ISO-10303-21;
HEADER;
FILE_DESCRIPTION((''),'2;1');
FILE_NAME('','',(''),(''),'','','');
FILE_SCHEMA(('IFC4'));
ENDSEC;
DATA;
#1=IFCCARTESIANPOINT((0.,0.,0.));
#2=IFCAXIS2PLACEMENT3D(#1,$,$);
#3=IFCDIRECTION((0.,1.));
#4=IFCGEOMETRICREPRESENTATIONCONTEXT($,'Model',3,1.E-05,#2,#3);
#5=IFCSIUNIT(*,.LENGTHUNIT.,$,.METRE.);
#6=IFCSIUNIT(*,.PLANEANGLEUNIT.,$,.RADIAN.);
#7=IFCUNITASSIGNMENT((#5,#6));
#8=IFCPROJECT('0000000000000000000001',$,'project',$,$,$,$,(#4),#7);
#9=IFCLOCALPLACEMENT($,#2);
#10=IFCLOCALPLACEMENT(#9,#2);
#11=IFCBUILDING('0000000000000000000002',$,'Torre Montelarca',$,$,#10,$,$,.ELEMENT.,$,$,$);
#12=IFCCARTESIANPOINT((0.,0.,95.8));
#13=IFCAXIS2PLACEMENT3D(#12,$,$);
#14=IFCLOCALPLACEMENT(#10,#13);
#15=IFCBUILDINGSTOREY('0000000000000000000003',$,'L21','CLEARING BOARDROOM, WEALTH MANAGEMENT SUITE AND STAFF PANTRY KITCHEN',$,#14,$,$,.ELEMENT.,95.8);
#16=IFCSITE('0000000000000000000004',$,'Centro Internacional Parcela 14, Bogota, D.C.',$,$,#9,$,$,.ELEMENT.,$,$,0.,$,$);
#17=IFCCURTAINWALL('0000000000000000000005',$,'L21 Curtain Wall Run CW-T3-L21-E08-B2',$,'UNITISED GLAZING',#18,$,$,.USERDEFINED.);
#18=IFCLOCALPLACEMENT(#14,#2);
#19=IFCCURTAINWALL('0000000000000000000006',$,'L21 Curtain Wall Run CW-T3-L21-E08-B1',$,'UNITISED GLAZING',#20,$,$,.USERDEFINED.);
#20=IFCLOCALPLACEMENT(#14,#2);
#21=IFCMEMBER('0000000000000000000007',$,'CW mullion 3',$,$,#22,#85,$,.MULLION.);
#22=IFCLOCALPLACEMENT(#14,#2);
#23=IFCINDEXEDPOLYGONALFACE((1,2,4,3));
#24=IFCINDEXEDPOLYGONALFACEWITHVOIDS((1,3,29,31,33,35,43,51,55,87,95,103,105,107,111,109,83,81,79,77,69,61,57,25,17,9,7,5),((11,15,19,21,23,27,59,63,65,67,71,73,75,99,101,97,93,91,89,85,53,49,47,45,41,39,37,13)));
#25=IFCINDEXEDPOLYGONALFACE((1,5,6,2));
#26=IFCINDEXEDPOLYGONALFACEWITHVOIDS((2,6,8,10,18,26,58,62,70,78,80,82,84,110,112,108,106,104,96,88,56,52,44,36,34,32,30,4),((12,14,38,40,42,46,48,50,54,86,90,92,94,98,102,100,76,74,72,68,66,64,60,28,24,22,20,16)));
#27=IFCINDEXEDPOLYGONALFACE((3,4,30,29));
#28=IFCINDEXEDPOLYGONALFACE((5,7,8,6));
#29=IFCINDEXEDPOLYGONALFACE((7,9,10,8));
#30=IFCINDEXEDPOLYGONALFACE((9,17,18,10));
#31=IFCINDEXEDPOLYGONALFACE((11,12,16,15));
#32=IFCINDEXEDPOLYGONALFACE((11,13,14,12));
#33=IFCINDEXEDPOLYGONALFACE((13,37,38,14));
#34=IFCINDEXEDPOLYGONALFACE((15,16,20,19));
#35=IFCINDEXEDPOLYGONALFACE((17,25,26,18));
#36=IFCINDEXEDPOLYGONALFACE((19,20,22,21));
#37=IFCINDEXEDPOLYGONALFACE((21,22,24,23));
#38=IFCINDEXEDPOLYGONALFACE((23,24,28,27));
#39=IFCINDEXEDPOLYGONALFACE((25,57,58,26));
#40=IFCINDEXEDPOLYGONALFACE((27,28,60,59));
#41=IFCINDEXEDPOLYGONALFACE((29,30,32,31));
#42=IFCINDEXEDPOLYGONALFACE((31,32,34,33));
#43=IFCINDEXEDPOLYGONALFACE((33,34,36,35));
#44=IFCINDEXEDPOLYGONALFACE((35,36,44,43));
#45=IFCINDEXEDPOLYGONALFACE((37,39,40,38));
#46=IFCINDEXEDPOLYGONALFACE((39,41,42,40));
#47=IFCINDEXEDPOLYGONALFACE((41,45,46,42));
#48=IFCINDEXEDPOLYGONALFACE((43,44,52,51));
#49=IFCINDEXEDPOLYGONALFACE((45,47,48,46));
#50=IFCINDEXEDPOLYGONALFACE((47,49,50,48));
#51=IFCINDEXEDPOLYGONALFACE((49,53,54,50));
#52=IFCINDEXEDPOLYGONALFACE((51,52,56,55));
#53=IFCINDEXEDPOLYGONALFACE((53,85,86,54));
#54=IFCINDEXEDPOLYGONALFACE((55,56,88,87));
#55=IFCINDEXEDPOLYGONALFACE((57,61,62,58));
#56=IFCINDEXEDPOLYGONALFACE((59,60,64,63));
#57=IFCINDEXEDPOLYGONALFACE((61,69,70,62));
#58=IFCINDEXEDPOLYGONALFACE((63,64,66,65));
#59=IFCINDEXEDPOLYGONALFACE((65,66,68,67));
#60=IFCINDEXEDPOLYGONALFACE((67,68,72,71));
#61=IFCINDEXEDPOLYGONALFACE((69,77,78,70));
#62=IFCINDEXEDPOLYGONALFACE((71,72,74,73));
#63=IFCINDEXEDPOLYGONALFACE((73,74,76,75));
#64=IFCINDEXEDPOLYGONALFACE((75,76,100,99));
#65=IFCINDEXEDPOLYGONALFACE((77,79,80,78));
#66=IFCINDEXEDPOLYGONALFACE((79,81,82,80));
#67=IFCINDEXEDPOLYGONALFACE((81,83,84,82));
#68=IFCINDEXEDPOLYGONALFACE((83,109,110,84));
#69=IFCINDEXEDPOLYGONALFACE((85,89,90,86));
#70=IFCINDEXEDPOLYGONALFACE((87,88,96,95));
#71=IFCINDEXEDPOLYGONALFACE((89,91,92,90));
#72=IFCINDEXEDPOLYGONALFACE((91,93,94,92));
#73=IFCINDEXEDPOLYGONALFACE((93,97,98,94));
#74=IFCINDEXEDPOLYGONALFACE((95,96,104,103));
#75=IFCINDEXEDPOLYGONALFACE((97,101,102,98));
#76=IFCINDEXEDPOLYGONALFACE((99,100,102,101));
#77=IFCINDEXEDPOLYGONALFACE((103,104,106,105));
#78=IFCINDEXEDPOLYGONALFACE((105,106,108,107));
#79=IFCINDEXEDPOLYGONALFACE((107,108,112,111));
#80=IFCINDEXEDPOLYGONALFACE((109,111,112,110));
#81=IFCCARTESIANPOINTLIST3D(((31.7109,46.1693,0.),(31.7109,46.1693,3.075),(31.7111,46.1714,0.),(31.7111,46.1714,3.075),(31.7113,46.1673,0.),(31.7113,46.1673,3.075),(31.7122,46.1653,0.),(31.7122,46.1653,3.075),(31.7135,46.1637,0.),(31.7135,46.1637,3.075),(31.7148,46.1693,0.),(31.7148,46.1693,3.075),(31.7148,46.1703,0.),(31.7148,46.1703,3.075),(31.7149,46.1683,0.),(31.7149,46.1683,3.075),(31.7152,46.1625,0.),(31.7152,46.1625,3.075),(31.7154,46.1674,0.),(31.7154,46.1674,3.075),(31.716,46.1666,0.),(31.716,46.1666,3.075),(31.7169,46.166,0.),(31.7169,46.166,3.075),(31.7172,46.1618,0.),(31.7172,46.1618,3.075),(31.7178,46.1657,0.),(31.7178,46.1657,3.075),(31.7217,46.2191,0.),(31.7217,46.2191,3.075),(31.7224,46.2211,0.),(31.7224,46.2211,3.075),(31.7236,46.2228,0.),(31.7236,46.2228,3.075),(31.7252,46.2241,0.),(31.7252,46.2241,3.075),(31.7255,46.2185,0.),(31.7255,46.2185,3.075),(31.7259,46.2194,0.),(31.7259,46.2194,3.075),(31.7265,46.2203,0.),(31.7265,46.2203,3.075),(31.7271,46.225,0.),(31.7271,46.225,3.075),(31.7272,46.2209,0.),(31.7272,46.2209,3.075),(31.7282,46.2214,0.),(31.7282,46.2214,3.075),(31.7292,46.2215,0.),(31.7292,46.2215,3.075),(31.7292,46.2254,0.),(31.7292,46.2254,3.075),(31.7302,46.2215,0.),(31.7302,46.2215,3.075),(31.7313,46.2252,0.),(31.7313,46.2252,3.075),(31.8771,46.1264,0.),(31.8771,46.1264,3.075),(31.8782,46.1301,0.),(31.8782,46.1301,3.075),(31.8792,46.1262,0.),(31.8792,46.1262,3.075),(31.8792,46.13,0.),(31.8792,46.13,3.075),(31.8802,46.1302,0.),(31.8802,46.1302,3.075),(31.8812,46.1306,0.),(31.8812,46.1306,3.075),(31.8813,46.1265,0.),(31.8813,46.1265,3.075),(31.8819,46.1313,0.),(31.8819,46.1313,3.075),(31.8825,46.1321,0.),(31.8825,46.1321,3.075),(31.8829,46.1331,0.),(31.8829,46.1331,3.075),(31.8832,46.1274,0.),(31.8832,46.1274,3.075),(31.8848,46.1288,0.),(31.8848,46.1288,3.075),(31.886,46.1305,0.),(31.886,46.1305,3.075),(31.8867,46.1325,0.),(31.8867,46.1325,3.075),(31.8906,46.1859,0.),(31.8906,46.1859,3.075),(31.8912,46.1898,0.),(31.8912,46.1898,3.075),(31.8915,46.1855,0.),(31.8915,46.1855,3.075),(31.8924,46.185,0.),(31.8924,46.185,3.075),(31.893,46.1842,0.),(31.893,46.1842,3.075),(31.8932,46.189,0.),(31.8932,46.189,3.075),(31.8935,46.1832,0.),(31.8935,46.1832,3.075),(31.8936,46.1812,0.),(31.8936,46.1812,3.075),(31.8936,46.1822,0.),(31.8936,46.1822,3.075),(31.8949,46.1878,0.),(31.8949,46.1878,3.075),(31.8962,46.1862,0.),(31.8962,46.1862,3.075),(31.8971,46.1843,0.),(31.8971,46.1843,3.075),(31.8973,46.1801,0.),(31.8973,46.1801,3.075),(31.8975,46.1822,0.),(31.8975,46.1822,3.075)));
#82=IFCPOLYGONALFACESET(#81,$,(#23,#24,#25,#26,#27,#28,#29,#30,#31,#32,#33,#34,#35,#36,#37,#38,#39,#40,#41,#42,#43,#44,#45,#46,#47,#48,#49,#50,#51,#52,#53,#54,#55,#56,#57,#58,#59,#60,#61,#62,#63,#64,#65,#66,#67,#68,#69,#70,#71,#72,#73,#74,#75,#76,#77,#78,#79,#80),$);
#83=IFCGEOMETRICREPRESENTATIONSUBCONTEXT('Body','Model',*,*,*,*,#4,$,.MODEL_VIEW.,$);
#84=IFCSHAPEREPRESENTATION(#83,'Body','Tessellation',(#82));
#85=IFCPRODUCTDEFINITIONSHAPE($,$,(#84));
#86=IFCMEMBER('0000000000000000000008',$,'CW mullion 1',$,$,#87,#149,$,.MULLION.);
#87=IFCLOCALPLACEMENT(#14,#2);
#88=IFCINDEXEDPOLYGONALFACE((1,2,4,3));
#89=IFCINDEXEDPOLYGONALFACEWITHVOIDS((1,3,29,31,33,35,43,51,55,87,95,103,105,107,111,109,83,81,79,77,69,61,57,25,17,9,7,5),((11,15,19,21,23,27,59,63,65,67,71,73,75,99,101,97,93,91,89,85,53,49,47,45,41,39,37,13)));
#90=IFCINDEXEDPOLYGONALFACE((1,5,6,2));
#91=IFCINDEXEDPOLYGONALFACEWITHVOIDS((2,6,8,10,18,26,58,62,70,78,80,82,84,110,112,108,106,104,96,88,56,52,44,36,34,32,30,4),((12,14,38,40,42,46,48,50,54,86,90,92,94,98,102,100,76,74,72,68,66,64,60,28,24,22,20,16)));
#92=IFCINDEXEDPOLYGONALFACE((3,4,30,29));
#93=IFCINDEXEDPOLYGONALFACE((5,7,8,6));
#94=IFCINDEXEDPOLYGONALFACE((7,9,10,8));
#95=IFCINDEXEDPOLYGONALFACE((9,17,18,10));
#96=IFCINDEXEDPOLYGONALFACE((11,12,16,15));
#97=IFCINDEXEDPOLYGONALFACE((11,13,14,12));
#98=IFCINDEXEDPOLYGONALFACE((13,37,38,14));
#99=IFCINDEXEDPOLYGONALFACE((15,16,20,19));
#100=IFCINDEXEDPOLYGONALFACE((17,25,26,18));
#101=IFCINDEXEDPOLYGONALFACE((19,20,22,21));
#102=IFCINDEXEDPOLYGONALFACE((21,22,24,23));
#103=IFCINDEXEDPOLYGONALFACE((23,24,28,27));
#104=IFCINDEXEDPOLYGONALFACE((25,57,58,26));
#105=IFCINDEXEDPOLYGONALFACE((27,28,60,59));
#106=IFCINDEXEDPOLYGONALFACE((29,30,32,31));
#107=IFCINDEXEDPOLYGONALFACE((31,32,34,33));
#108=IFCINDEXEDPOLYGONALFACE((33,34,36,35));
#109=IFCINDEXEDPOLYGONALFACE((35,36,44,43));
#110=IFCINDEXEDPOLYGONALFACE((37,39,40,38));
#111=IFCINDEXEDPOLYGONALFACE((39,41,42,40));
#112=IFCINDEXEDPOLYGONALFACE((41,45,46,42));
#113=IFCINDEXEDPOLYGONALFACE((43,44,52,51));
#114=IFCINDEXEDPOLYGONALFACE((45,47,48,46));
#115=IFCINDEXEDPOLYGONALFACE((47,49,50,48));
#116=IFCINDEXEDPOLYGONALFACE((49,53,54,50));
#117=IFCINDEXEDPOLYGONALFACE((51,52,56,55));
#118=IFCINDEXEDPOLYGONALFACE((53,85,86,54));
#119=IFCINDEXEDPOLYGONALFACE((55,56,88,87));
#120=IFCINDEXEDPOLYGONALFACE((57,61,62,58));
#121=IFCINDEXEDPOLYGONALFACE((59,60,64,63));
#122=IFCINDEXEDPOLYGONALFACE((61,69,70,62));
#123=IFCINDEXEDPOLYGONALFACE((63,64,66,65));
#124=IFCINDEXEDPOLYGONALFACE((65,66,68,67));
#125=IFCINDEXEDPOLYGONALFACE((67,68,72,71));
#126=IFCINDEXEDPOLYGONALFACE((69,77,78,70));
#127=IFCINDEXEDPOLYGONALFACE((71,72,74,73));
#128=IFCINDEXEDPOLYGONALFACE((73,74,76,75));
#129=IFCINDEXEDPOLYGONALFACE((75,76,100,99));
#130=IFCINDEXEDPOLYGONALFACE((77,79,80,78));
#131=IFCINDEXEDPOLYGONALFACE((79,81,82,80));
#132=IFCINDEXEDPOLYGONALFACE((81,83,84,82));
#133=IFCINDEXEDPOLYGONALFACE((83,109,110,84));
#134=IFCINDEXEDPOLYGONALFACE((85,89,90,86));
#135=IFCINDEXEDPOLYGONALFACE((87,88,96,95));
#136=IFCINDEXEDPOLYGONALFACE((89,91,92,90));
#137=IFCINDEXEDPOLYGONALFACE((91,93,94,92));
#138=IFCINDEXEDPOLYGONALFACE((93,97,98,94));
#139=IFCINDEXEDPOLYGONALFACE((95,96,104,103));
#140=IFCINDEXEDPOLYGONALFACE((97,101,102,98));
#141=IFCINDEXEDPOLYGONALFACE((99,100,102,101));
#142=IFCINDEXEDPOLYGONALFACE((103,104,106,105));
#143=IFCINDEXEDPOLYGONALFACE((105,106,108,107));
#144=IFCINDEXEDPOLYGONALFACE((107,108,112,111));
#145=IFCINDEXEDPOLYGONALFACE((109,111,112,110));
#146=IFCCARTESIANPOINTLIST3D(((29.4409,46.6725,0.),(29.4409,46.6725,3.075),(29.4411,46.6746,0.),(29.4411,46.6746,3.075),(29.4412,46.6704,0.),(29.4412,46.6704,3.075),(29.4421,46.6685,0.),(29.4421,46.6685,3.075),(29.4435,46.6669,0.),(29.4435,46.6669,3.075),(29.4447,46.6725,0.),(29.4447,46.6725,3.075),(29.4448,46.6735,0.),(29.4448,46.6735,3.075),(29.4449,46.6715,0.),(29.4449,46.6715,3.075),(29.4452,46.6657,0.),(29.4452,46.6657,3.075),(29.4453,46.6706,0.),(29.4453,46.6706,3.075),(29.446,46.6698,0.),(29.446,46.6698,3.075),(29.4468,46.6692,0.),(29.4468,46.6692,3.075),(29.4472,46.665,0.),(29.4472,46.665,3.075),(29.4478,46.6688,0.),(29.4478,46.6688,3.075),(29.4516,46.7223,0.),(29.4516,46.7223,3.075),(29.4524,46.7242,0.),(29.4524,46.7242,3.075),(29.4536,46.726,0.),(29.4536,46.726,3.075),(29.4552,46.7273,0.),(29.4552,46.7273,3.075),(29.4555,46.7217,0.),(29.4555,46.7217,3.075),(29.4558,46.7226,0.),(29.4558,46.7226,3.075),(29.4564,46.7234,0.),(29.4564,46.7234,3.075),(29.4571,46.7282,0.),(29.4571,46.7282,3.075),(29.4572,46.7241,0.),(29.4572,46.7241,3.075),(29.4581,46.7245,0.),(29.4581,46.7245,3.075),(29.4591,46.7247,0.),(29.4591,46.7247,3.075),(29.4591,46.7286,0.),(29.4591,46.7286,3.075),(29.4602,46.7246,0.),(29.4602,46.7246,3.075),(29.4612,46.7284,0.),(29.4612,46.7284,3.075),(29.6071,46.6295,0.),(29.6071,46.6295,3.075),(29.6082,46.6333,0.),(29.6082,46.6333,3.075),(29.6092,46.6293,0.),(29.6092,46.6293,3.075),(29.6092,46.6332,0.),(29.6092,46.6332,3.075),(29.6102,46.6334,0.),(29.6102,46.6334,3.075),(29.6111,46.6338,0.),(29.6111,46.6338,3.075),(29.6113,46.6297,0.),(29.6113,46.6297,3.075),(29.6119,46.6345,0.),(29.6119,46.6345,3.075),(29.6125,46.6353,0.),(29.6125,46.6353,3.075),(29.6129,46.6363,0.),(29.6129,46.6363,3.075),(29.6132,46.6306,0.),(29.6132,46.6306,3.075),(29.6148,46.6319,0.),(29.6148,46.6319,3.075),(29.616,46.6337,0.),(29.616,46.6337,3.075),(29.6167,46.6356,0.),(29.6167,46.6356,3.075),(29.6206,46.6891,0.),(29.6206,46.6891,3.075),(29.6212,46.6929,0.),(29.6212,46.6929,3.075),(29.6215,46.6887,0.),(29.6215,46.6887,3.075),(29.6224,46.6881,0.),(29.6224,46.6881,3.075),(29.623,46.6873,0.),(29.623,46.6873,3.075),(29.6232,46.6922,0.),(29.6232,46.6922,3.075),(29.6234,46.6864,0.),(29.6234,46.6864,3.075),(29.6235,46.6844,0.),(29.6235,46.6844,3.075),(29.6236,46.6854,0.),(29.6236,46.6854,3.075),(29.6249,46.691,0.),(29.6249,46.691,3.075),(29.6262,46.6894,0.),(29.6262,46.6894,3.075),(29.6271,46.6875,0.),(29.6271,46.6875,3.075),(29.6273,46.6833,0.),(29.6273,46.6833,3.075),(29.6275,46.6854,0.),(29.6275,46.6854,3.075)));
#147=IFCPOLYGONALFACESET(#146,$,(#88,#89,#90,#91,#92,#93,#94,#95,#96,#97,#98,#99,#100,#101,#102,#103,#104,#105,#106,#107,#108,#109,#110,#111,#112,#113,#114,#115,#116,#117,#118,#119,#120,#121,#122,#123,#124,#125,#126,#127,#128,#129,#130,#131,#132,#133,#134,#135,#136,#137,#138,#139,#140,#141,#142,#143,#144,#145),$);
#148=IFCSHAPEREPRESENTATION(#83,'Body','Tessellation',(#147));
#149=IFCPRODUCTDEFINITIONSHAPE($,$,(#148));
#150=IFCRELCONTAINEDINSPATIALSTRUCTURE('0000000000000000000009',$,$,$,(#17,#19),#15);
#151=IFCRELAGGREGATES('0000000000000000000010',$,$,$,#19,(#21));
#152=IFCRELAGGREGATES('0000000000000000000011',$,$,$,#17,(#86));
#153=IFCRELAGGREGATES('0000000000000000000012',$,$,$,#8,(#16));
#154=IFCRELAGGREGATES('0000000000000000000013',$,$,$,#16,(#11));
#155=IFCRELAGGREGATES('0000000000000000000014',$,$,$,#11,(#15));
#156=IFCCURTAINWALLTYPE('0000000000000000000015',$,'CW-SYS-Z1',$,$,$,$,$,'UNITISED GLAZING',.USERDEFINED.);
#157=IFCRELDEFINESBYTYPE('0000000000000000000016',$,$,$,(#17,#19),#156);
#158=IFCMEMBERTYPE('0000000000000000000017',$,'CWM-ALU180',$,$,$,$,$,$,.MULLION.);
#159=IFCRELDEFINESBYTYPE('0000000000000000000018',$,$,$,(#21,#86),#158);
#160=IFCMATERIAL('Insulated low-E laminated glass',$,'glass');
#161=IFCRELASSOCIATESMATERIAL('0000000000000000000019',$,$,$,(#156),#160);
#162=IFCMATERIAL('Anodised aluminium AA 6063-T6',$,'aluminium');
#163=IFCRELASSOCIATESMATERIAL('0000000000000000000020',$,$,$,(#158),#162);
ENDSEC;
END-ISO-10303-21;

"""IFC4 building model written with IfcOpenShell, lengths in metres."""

from ifc_helpers import new_model, si_unit, direction, frame, origin, origin_2d, place, context, subcontext, project, spatial, hollow_rectangle, extrude, source, transform, mapped, material, material_profile, profile_set, type_object, element, aggregate, save


model = new_model("IFC4")

# Units and contexts
model_context = context("Model", 3, precision=1e-05, world=origin(), true_north=direction((0.0, 1.0)))
body_context = subcontext(model_context, "Body", "Model", "MODEL_VIEW")
ifc_project = project(units=[si_unit("LENGTHUNIT", "METRE"), si_unit("PLANEANGLEUNIT", "RADIAN")], contexts=[model_context])

# Site, building, storey
site_placement = place(None, origin())
site = spatial("IfcSite", under=ifc_project, at=site_placement, Name="Centro Internacional Parcela 14, Bogota, D.C.", CompositionType="ELEMENT", RefElevation=0.0)
building_placement = place(site_placement, origin())
building = spatial("IfcBuilding", under=site, at=building_placement, Name="Torre Montelarca", CompositionType="ELEMENT")
storey_placement = place(building_placement, frame((0.0, 0.0, 95.8)))
storey = spatial("IfcBuildingStorey", under=building, at=storey_placement, Name="L21", Description="CLEARING BOARDROOM, WEALTH MANAGEMENT SUITE AND STAFF PANTRY KITCHEN", CompositionType="ELEMENT", Elevation=95.8)

# Curtain wall
ifc_material_1 = material(Name="Insulated low-E laminated glass", Category="glass")
curtain_wall_type = type_object("IfcCurtainWallType", Name="CW-SYS-Z1", ElementType="UNITISED GLAZING", PredefinedType="USERDEFINED", material=ifc_material_1)
curtain_wall_1_placement = place(storey_placement, origin())
curtain_wall_1 = element("IfcCurtainWall", 1, at=curtain_wall_1_placement, inside=storey, type_object=curtain_wall_type, Name="L21 Curtain Wall Run CW-T3-L21-E08-B2", ObjectType="UNITISED GLAZING", PredefinedType="USERDEFINED")
ifc_material_2 = material(Name="Anodised aluminium AA 6063-T6", Category="aluminium")

# Curtain wall, member
curtain_wall_2_placement = place(storey_placement, origin())
curtain_wall_2 = element("IfcCurtainWall", 2, at=curtain_wall_2_placement, inside=storey, type_object=curtain_wall_type, Name="L21 Curtain Wall Run CW-T3-L21-E08-B1", ObjectType="UNITISED GLAZING", PredefinedType="USERDEFINED")
ifc_material_profile_1 = material_profile(ifc_material_2, hollow_rectangle(XDim=0.0649, YDim=0.1799, WallThickness=0.0039, InnerFilletRadius=0.0039, OuterFilletRadius=0.0081, at=origin_2d()), Name="ALU65X180X4", Category="aluminium")
ifc_profile_set_1 = profile_set([ifc_material_profile_1], Name="Anodised aluminium AA 6063-T6")
member_type_1 = type_object("IfcMemberType", Name="CWM-ALU180", PredefinedType="MULLION", material=ifc_profile_set_1)
shared_shape_1 = source(origin(), body_context, "Body", "SweptSolid", [
    extrude(hollow_rectangle(XDim=0.0649, YDim=0.1799, WallThickness=0.0039, InnerFilletRadius=0.0039, OuterFilletRadius=0.0081, at=origin_2d()), origin(), (0.0, 0.0, 1.0), 3.075),
])
member_1_placement = place(storey_placement, frame((31.8042, 46.1758, 0.0), z_axis=(0.0, 0.0, 1.0), x_axis=(-0.216442, -0.976296, 0.0)))
member_1 = element("IfcMember", 3, at=member_1_placement, type_object=member_type_1, Name="CW mullion 3", PredefinedType="MULLION", context=body_context, shape_type="MappedRepresentation", body=[
    mapped(shared_shape_1, transform((0.0, 0.0, 0.0), scale=1.0)),
])
aggregate(curtain_wall_2, [member_1])

# Member
member_2_placement = place(storey_placement, frame((29.5342, 46.679, 0.0), z_axis=(0.0, 0.0, 1.0), x_axis=(-0.216443, -0.976295, 0.0)))
member_2 = element("IfcMember", 4, at=member_2_placement, type_object=member_type_1, Name="CW mullion 1", PredefinedType="MULLION", context=body_context, shape_type="MappedRepresentation", body=[
    mapped(shared_shape_1, transform((0.0, 0.0, 0.0), scale=1.0)),
])

aggregate(curtain_wall_1, [member_2])

save(model, "model.ifc")
